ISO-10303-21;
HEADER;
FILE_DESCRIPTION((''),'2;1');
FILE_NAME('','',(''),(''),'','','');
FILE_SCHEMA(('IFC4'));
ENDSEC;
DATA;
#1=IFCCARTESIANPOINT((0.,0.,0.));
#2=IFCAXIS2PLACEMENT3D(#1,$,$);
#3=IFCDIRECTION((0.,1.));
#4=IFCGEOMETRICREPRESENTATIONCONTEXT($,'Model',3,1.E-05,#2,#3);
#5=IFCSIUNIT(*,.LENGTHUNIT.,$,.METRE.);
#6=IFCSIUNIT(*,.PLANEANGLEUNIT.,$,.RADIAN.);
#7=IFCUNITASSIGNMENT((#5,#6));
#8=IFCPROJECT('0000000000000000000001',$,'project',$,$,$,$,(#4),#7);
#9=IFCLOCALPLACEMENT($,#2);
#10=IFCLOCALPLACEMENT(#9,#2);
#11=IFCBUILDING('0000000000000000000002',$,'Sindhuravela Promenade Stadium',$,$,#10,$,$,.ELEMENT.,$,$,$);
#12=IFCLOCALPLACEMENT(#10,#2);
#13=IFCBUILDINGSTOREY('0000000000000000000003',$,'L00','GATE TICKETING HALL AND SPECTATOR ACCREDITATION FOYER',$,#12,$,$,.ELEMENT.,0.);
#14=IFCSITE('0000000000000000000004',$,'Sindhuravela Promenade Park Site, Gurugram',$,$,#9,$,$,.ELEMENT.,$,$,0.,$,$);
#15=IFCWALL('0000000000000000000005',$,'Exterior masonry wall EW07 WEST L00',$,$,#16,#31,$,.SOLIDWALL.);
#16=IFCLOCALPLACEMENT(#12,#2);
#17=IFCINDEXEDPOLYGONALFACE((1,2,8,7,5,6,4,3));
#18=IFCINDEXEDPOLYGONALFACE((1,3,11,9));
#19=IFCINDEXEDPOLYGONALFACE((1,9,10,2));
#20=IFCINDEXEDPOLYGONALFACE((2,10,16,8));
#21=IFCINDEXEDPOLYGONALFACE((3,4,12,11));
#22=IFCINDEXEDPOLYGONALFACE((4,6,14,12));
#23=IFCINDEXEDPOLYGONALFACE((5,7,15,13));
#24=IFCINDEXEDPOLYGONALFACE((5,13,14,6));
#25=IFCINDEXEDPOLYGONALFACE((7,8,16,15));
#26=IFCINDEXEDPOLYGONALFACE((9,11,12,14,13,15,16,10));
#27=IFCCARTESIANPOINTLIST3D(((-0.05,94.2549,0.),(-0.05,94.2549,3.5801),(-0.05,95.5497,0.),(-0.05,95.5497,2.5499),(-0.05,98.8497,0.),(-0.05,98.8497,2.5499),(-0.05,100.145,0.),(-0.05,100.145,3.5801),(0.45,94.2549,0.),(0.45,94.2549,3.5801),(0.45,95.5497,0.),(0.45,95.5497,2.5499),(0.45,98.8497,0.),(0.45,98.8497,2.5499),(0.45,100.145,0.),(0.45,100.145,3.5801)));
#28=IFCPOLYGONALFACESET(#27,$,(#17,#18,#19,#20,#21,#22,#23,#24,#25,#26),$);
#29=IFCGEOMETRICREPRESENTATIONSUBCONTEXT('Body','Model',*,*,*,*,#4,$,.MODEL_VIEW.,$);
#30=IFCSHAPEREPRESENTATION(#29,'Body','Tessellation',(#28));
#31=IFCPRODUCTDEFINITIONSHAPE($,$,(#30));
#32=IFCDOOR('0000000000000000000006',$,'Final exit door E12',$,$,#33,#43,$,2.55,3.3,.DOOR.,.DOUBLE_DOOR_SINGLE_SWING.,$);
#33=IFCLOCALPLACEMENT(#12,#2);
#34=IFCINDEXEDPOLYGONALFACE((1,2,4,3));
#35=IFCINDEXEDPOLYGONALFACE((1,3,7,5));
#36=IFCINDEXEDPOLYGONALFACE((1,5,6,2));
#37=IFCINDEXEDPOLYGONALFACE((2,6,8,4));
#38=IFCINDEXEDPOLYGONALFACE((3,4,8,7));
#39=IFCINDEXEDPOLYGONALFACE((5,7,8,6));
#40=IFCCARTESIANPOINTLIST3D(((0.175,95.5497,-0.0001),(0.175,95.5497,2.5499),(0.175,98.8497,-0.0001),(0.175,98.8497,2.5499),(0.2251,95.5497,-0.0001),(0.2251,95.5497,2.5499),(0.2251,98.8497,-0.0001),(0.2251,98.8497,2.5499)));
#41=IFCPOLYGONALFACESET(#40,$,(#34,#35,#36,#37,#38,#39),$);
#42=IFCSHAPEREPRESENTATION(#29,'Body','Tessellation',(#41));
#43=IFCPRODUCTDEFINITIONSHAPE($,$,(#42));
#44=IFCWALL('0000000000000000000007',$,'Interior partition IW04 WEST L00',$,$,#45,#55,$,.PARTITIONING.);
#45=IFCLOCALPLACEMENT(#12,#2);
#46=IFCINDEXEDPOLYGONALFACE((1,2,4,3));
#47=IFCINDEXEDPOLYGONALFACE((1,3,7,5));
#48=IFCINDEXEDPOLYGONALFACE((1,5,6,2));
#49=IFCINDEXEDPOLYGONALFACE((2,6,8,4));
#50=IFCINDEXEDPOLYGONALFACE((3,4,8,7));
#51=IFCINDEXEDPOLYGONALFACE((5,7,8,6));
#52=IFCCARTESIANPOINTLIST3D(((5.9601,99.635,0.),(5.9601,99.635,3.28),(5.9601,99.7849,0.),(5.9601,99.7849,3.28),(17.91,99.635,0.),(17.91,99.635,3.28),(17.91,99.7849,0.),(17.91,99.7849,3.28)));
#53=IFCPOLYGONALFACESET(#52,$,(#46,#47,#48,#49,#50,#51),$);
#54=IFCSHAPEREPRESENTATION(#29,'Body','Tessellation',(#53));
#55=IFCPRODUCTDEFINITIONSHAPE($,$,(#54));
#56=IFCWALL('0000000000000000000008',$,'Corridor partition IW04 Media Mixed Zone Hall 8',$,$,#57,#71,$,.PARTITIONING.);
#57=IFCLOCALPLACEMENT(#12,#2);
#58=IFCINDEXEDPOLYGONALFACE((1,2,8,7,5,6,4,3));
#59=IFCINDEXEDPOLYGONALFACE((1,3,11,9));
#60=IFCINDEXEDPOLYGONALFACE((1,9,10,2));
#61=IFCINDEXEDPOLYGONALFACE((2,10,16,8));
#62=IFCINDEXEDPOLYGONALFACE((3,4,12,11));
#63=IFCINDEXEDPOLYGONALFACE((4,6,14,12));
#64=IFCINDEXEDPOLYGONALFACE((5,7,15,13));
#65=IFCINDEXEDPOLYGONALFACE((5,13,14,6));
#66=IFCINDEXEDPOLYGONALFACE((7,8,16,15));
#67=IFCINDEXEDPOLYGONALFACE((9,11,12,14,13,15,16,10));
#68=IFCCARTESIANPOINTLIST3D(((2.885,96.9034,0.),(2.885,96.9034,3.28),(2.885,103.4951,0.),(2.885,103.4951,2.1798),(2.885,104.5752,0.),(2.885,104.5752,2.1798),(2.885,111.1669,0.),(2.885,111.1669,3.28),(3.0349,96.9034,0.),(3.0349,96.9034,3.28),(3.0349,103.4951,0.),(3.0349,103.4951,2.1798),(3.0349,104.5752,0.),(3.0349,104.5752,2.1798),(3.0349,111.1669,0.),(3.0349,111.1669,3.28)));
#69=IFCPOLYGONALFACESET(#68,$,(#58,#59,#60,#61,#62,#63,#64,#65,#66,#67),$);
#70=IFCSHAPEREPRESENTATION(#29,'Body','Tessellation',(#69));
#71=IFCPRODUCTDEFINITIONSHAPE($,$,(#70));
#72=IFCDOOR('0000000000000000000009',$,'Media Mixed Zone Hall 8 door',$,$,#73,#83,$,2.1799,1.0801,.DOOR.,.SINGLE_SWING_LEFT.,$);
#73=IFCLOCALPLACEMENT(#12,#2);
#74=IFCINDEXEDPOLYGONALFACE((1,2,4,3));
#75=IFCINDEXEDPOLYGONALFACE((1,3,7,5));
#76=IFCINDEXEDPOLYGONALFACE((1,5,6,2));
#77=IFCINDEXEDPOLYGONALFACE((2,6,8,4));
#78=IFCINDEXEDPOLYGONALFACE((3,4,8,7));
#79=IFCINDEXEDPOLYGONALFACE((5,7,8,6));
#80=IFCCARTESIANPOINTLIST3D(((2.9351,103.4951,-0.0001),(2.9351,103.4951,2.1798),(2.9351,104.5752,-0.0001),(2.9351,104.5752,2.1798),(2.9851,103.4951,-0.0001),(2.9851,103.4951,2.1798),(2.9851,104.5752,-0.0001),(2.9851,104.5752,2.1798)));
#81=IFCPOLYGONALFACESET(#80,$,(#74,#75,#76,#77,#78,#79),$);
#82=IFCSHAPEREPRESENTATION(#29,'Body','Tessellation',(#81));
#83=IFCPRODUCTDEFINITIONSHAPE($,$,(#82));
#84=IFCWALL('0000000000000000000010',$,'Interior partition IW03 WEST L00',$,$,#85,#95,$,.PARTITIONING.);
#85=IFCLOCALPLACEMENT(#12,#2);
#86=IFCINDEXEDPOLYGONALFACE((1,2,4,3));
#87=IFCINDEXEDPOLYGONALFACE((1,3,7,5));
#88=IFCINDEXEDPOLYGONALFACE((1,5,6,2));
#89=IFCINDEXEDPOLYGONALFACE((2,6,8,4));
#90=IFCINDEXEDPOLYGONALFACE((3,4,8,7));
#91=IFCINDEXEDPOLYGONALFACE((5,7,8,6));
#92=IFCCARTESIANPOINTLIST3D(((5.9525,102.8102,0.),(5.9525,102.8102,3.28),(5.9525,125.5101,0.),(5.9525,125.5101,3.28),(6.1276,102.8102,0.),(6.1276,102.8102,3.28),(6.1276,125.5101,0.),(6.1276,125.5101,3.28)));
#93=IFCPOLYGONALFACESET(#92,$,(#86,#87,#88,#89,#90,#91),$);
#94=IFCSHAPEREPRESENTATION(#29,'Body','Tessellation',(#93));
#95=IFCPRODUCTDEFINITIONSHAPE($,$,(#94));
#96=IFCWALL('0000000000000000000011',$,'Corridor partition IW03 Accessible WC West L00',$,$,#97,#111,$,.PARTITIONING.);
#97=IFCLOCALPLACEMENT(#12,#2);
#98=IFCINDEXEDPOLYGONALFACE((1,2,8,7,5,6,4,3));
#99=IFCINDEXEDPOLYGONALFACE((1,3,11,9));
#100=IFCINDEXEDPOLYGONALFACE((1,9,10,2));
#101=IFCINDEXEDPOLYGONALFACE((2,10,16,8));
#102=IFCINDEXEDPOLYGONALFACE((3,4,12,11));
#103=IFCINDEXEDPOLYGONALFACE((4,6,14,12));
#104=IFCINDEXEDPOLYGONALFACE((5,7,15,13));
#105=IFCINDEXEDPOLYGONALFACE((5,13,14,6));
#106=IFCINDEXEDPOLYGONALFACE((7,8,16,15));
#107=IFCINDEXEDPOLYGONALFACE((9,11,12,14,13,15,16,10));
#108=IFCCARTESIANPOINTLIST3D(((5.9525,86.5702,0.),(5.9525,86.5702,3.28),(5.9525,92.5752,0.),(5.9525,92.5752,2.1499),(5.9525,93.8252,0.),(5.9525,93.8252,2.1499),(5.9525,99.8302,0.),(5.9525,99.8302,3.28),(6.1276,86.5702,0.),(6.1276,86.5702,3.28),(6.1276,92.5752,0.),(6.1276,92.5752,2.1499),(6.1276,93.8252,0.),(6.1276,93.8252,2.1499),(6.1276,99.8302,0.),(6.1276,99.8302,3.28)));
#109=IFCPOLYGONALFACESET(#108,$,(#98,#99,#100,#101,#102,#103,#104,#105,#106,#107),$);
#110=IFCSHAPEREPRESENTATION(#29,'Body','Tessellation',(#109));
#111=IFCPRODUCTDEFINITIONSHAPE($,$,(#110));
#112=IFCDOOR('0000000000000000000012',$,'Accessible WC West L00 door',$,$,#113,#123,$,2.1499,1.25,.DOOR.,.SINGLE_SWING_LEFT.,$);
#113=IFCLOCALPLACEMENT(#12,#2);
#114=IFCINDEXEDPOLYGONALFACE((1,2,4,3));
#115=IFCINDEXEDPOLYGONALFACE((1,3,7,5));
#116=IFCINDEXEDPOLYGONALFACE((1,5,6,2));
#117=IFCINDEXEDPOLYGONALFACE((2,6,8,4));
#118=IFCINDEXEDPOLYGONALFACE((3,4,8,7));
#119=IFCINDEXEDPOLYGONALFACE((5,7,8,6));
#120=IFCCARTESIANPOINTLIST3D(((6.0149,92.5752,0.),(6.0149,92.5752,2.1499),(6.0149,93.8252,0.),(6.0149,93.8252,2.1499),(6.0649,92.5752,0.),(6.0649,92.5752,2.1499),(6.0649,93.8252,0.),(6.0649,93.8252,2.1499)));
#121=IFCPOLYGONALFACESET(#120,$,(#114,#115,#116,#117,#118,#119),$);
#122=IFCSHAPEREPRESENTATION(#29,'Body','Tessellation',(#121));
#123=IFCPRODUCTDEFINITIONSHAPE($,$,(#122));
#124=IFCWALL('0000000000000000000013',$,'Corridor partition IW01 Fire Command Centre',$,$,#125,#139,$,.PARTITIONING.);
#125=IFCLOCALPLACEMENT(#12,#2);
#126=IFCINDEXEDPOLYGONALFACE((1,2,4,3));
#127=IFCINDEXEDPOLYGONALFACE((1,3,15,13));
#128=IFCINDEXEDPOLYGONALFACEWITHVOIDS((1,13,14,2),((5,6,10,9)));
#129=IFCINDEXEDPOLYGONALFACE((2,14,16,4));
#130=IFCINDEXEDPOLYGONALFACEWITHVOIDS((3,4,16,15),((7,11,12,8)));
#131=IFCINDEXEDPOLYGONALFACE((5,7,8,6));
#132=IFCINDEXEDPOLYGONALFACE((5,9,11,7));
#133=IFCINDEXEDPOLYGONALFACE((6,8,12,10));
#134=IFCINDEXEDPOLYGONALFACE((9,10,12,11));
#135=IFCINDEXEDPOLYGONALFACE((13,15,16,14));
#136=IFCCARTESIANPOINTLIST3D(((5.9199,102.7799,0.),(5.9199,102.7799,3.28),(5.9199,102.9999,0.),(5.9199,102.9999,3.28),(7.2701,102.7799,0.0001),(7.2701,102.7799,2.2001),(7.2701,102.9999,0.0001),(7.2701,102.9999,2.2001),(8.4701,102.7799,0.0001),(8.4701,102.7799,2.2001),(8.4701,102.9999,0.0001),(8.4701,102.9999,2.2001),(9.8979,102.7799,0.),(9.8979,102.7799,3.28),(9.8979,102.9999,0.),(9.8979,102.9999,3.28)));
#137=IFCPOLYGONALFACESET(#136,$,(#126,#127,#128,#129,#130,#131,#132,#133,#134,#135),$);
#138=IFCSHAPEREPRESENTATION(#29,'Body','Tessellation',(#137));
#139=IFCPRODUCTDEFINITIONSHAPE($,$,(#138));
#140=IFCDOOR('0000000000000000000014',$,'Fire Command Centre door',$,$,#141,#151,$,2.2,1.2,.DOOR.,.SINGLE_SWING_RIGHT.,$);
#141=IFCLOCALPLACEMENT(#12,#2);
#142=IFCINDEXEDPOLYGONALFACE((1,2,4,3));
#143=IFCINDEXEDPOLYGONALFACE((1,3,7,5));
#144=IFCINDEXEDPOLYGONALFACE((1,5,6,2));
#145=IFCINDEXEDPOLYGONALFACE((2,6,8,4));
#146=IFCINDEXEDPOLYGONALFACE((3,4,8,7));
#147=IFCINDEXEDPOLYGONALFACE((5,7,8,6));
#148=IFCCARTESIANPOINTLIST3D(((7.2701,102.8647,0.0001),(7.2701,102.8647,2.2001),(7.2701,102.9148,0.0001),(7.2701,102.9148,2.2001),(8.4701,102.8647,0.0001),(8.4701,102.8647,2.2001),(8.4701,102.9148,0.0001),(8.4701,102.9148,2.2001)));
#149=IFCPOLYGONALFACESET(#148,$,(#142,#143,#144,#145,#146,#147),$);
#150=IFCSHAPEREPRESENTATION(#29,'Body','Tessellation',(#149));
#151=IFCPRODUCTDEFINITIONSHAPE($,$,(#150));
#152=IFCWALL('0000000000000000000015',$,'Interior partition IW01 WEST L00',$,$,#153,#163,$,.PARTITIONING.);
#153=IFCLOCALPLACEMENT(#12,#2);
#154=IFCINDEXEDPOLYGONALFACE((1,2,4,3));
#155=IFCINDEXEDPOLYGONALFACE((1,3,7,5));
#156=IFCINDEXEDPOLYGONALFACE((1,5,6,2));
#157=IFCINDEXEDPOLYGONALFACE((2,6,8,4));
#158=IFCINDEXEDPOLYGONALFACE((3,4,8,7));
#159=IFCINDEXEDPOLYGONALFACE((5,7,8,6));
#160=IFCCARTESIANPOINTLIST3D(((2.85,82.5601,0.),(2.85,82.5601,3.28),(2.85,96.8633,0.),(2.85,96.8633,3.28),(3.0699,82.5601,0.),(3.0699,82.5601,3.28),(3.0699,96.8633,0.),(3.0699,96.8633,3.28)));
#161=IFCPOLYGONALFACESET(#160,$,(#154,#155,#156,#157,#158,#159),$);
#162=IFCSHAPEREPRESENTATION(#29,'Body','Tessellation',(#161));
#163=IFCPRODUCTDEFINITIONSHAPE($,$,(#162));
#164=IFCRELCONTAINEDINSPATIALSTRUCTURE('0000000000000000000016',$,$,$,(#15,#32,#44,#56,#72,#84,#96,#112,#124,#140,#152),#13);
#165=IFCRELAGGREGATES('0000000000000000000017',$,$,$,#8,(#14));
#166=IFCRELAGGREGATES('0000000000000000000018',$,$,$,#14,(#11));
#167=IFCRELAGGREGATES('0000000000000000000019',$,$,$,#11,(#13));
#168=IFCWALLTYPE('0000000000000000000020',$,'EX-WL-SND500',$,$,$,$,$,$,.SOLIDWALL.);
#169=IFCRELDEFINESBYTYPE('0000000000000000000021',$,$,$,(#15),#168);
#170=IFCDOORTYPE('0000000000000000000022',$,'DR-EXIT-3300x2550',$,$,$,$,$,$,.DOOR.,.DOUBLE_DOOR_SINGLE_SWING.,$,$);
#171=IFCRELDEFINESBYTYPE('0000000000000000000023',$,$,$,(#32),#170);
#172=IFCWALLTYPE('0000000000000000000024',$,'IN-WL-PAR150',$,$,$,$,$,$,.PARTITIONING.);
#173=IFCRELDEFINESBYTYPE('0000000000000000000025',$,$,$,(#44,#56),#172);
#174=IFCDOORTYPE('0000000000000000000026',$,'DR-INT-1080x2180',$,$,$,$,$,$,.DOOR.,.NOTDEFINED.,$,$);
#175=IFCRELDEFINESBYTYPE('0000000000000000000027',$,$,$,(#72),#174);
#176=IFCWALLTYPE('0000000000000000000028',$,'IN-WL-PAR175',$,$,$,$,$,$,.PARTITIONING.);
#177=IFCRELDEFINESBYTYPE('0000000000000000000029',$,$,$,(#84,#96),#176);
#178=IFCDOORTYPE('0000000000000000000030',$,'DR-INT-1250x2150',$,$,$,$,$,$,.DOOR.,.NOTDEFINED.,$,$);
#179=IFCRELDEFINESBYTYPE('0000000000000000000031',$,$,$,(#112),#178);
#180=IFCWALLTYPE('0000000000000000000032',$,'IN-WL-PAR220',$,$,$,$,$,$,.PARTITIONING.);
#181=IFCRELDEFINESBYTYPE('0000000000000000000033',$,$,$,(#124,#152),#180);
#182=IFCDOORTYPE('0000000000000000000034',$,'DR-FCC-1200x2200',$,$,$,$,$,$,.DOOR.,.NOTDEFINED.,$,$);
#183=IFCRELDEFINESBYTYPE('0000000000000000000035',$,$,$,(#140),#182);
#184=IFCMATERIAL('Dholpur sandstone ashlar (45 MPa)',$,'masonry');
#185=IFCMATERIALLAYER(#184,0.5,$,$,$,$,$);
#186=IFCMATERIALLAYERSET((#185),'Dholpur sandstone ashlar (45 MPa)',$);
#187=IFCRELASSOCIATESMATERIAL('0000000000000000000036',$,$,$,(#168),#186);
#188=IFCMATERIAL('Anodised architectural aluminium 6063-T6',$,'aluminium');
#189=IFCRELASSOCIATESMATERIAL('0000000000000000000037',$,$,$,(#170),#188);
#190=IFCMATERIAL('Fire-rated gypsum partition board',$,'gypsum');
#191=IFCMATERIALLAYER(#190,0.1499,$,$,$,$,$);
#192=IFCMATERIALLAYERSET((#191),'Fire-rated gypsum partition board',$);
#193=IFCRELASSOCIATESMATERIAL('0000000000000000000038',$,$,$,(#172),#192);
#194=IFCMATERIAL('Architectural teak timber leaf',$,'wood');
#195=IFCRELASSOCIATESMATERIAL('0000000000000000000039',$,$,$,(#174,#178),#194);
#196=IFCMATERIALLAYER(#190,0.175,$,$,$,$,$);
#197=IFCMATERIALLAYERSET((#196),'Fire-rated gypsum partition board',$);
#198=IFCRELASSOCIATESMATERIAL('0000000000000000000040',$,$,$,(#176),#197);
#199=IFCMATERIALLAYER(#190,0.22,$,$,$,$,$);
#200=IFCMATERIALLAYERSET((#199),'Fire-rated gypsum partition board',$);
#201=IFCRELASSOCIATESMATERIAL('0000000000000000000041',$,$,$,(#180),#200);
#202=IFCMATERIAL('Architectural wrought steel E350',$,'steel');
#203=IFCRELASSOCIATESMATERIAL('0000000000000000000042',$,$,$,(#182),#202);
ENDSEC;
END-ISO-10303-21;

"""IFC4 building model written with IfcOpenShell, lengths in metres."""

from ifc_helpers import new_model, si_unit, direction, frame, frame_2d, origin, place, context, subcontext, project, spatial, rectangle, extrude, material, layer, layer_set, type_object, element, fill, save


model = new_model("IFC4")

# Units and contexts
model_context = context("Model", 3, precision=1e-05, world=origin(), true_north=direction((0.0, 1.0)))
body_context = subcontext(model_context, "Body", "Model", "MODEL_VIEW")
ifc_project = project(units=[si_unit("LENGTHUNIT", "METRE"), si_unit("PLANEANGLEUNIT", "RADIAN")], contexts=[model_context])

# Site, building, storey
site_placement = place(None, origin())
site = spatial("IfcSite", under=ifc_project, at=site_placement, Name="Sindhuravela Promenade Park Site, Gurugram", CompositionType="ELEMENT", RefElevation=0.0)
building_placement = place(site_placement, origin())
building = spatial("IfcBuilding", under=site, at=building_placement, Name="Sindhuravela Promenade Stadium", CompositionType="ELEMENT")
storey_placement = place(building_placement, origin())
storey = spatial("IfcBuildingStorey", under=building, at=storey_placement, Name="L00", Description="GATE TICKETING HALL AND SPECTATOR ACCREDITATION FOYER", CompositionType="ELEMENT", Elevation=0.0)

# Shared definitions
ifc_material_1 = material(Name="Dholpur sandstone ashlar (45 MPa)", Category="masonry")

# Wall, opening, door
ifc_layer_1 = layer(ifc_material_1, 0.5)
ifc_layer_set_1 = layer_set([ifc_layer_1], Name="Dholpur sandstone ashlar (45 MPa)")
wall_type_1 = type_object("IfcWallType", Name="EX-WL-SND500", PredefinedType="SOLIDWALL", material=ifc_layer_set_1)
wall_1_placement = place(storey_placement, frame((0.2, 94.2549, 0.0), z_axis=(0.0, 0.0, 1.0), x_axis=(0.0, 1.0, 0.0)))
wall_1 = element("IfcWall", 1, at=wall_1_placement, inside=storey, type_object=wall_type_1, Name="Exterior masonry wall EW07 WEST L00", PredefinedType="SOLIDWALL", context=body_context, shape_type="SweptSolid", body=[
    extrude(rectangle(XDim=5.8901, YDim=0.5, at=frame_2d((2.9451, 0.0))), origin(), (0.0, 0.0, 1.0), 3.5801),
])
opening_1_placement = place(wall_1_placement, frame((1.2949, 0.0, 0.0)))
opening_1 = element("IfcOpeningElement", 2, at=opening_1_placement, cuts=wall_1, PredefinedType="OPENING", context=body_context, shape_type="SweptSolid", body=[
    extrude(rectangle(XDim=3.3, YDim=2.55, at=frame_2d((1.6499, 1.2749))), frame((0.0, 0.26, 0.0), z_axis=(0.0, -1.0, 0.0), x_axis=(1.0, 0.0, 0.0)), (0.0, 0.0, 1.0), 0.52),
])
ifc_material_2 = material(Name="Anodised architectural aluminium 6063-T6", Category="aluminium")
door_type_1 = type_object("IfcDoorType", Name="DR-EXIT-3300x2550", OperationType="DOUBLE_DOOR_SINGLE_SWING", PredefinedType="DOOR", material=ifc_material_2)
door_1_placement = place(opening_1_placement, origin())
door_1 = element("IfcDoor", 3, at=door_1_placement, inside=storey, type_object=door_type_1, Name="Final exit door E12", OperationType="DOUBLE_DOOR_SINGLE_SWING", OverallHeight=2.55, OverallWidth=3.3, PredefinedType="DOOR", context=body_context, shape_type="SweptSolid", body=[
    extrude(rectangle(XDim=3.3, YDim=2.55, at=frame_2d((1.6499, 1.2749))), frame((0.0, 0.0249, 0.0), z_axis=(0.0, -1.0, 0.0), x_axis=(1.0, 0.0, 0.0)), (0.0, 0.0, 1.0), 0.05),
])
fill(opening_1, door_1)

# Wall
ifc_material_3 = material(Name="Fire-rated gypsum partition board", Category="gypsum")
ifc_layer_2 = layer(ifc_material_3, 0.1499)
ifc_layer_set_2 = layer_set([ifc_layer_2], Name="Fire-rated gypsum partition board")
wall_type_2 = type_object("IfcWallType", Name="IN-WL-PAR150", PredefinedType="PARTITIONING", material=ifc_layer_set_2)
wall_2_placement = place(storey_placement, frame((5.96, 99.71, 0.0), z_axis=(0.0, 0.0, 1.0), x_axis=(1.0, 0.0, 0.0)))
element("IfcWall", 4, at=wall_2_placement, inside=storey, type_object=wall_type_2, Name="Interior partition IW04 WEST L00", PredefinedType="PARTITIONING", context=body_context, shape_type="SweptSolid", body=[
    extrude(rectangle(XDim=11.95, YDim=0.1499, at=frame_2d((5.9751, 0.0))), origin(), (0.0, 0.0, 1.0), 3.28),
])

# Wall, opening, door
wall_3_placement = place(storey_placement, frame((2.96, 96.9033, 0.0), z_axis=(0.0, 0.0, 1.0), x_axis=(0.0, 1.0, 0.0)))
wall_3 = element("IfcWall", 5, at=wall_3_placement, inside=storey, type_object=wall_type_2, Name="Corridor partition IW04 Media Mixed Zone Hall 8", PredefinedType="PARTITIONING", context=body_context, shape_type="SweptSolid", body=[
    extrude(rectangle(XDim=14.2634, YDim=0.1499, at=frame_2d((7.1318, 0.0))), origin(), (0.0, 0.0, 1.0), 3.28),
])
opening_2_placement = place(wall_3_placement, frame((6.5918, 0.0, 0.0)))
opening_2 = element("IfcOpeningElement", 6, at=opening_2_placement, cuts=wall_3, PredefinedType="OPENING", context=body_context, shape_type="SweptSolid", body=[
    extrude(rectangle(XDim=1.0801, YDim=2.1799, at=frame_2d((0.54, 1.0898))), frame((0.0, 0.085, 0.0), z_axis=(0.0, -1.0, 0.0), x_axis=(1.0, 0.0, 0.0)), (0.0, 0.0, 1.0), 0.1699),
])
ifc_material_4 = material(Name="Architectural teak timber leaf", Category="wood")
door_type_2 = type_object("IfcDoorType", Name="DR-INT-1080x2180", OperationType="NOTDEFINED", PredefinedType="DOOR", material=ifc_material_4)
door_2_placement = place(opening_2_placement, origin())
door_2 = element("IfcDoor", 7, at=door_2_placement, inside=storey, type_object=door_type_2, Name="Media Mixed Zone Hall 8 door", OperationType="SINGLE_SWING_LEFT", OverallHeight=2.1799, OverallWidth=1.0801, PredefinedType="DOOR", context=body_context, shape_type="SweptSolid", body=[
    extrude(rectangle(XDim=1.0801, YDim=2.1799, at=frame_2d((0.54, 1.0898))), frame((0.0, 0.0249, 0.0), z_axis=(0.0, -1.0, 0.0), x_axis=(1.0, 0.0, 0.0)), (0.0, 0.0, 1.0), 0.05),
])
fill(opening_2, door_2)

# Wall
ifc_layer_3 = layer(ifc_material_3, 0.175)
ifc_layer_set_3 = layer_set([ifc_layer_3], Name="Fire-rated gypsum partition board")
wall_type_3 = type_object("IfcWallType", Name="IN-WL-PAR175", PredefinedType="PARTITIONING", material=ifc_layer_set_3)
wall_4_placement = place(storey_placement, frame((6.04, 102.8101, 0.0), z_axis=(0.0, 0.0, 1.0), x_axis=(0.0, 1.0, 0.0)))
element("IfcWall", 8, at=wall_4_placement, inside=storey, type_object=wall_type_3, Name="Interior partition IW03 WEST L00", PredefinedType="PARTITIONING", context=body_context, shape_type="SweptSolid", body=[
    extrude(rectangle(XDim=22.7, YDim=0.175, at=frame_2d((11.3501, 0.0))), origin(), (0.0, 0.0, 1.0), 3.28),
])

# Walls, openings, doors
wall_5_placement = place(storey_placement, frame((6.04, 99.8301, 0.0), z_axis=(0.0, 0.0, 1.0), x_axis=(0.0, -1.0, 0.0)))
wall_5 = element("IfcWall", 9, at=wall_5_placement, inside=storey, type_object=wall_type_3, Name="Corridor partition IW03 Accessible WC West L00", PredefinedType="PARTITIONING", context=body_context, shape_type="SweptSolid", body=[
    extrude(rectangle(XDim=13.26, YDim=0.175, at=frame_2d((6.6299, 0.0))), origin(), (0.0, 0.0, 1.0), 3.28),
])
opening_3_placement = place(wall_5_placement, frame((6.0049, 0.0, 0.0)))
opening_3 = element("IfcOpeningElement", 10, at=opening_3_placement, cuts=wall_5, PredefinedType="OPENING", context=body_context, shape_type="SweptSolid", body=[
    extrude(rectangle(XDim=1.25, YDim=2.1499, at=frame_2d((0.625, 1.075))), frame((0.0, 0.0974, 0.0), z_axis=(0.0, -1.0, 0.0), x_axis=(1.0, 0.0, 0.0)), (0.0, 0.0, 1.0), 0.1951),
])
door_type_3 = type_object("IfcDoorType", Name="DR-INT-1250x2150", OperationType="NOTDEFINED", PredefinedType="DOOR", material=ifc_material_4)
door_3_placement = place(opening_3_placement, origin())
door_3 = element("IfcDoor", 11, at=door_3_placement, inside=storey, type_object=door_type_3, Name="Accessible WC West L00 door", OperationType="SINGLE_SWING_LEFT", OverallHeight=2.1499, OverallWidth=1.25, PredefinedType="DOOR", context=body_context, shape_type="SweptSolid", body=[
    extrude(rectangle(XDim=1.25, YDim=2.1499, at=frame_2d((0.625, 1.075))), frame((0.0, 0.0249, 0.0), z_axis=(0.0, -1.0, 0.0), x_axis=(1.0, 0.0, 0.0)), (0.0, 0.0, 1.0), 0.05),
])
fill(opening_3, door_3)
ifc_layer_4 = layer(ifc_material_3, 0.22)
ifc_layer_set_4 = layer_set([ifc_layer_4], Name="Fire-rated gypsum partition board")
wall_type_4 = type_object("IfcWallType", Name="IN-WL-PAR220", PredefinedType="PARTITIONING", material=ifc_layer_set_4)
wall_6_placement = place(storey_placement, frame((5.9199, 102.8899, 0.0), z_axis=(0.0, 0.0, 1.0), x_axis=(1.0, 0.0, 0.0)))
wall_6 = element("IfcWall", 12, at=wall_6_placement, inside=storey, type_object=wall_type_4, Name="Corridor partition IW01 Fire Command Centre", PredefinedType="PARTITIONING", context=body_context, shape_type="SweptSolid", body=[
    extrude(rectangle(XDim=3.978, YDim=0.22, at=frame_2d((1.989, 0.0))), origin(), (0.0, 0.0, 1.0), 3.28),
])
opening_4_placement = place(wall_6_placement, frame((1.3501, 0.0, 0.0)))
opening_4 = element("IfcOpeningElement", 13, at=opening_4_placement, cuts=wall_6, PredefinedType="OPENING", context=body_context, shape_type="SweptSolid", body=[
    extrude(rectangle(XDim=1.2, YDim=2.2, at=frame_2d((0.6001, 1.1001))), frame((0.0, 0.1199, 0.0), z_axis=(0.0, -1.0, 0.0), x_axis=(1.0, 0.0, 0.0)), (0.0, 0.0, 1.0), 0.24),
])
ifc_material_5 = material(Name="Architectural wrought steel E350", Category="steel")
door_type_4 = type_object("IfcDoorType", Name="DR-FCC-1200x2200", OperationType="NOTDEFINED", PredefinedType="DOOR", material=ifc_material_5)
door_4_placement = place(opening_4_placement, origin())
door_4 = element("IfcDoor", 14, at=door_4_placement, inside=storey, type_object=door_type_4, Name="Fire Command Centre door", OperationType="SINGLE_SWING_RIGHT", OverallHeight=2.2, OverallWidth=1.2, PredefinedType="DOOR", context=body_context, shape_type="SweptSolid", body=[
    extrude(rectangle(XDim=1.2, YDim=2.2, at=frame_2d((0.6001, 1.1001))), frame((0.0, 0.0249, 0.0), z_axis=(0.0, -1.0, 0.0), x_axis=(1.0, 0.0, 0.0)), (0.0, 0.0, 1.0), 0.05),
])
fill(opening_4, door_4)

# Wall
wall_7_placement = place(storey_placement, frame((2.96, 96.8633, 0.0), z_axis=(0.0, 0.0, 1.0), x_axis=(0.0, -1.0, 0.0)))
element("IfcWall", 15, at=wall_7_placement, inside=storey, type_object=wall_type_4, Name="Interior partition IW01 WEST L00", PredefinedType="PARTITIONING", context=body_context, shape_type="SweptSolid", body=[
    extrude(rectangle(XDim=14.3032, YDim=0.22, at=frame_2d((7.1516, 0.0))), origin(), (0.0, 0.0, 1.0), 3.28),
])

save(model, "model.ifc")
